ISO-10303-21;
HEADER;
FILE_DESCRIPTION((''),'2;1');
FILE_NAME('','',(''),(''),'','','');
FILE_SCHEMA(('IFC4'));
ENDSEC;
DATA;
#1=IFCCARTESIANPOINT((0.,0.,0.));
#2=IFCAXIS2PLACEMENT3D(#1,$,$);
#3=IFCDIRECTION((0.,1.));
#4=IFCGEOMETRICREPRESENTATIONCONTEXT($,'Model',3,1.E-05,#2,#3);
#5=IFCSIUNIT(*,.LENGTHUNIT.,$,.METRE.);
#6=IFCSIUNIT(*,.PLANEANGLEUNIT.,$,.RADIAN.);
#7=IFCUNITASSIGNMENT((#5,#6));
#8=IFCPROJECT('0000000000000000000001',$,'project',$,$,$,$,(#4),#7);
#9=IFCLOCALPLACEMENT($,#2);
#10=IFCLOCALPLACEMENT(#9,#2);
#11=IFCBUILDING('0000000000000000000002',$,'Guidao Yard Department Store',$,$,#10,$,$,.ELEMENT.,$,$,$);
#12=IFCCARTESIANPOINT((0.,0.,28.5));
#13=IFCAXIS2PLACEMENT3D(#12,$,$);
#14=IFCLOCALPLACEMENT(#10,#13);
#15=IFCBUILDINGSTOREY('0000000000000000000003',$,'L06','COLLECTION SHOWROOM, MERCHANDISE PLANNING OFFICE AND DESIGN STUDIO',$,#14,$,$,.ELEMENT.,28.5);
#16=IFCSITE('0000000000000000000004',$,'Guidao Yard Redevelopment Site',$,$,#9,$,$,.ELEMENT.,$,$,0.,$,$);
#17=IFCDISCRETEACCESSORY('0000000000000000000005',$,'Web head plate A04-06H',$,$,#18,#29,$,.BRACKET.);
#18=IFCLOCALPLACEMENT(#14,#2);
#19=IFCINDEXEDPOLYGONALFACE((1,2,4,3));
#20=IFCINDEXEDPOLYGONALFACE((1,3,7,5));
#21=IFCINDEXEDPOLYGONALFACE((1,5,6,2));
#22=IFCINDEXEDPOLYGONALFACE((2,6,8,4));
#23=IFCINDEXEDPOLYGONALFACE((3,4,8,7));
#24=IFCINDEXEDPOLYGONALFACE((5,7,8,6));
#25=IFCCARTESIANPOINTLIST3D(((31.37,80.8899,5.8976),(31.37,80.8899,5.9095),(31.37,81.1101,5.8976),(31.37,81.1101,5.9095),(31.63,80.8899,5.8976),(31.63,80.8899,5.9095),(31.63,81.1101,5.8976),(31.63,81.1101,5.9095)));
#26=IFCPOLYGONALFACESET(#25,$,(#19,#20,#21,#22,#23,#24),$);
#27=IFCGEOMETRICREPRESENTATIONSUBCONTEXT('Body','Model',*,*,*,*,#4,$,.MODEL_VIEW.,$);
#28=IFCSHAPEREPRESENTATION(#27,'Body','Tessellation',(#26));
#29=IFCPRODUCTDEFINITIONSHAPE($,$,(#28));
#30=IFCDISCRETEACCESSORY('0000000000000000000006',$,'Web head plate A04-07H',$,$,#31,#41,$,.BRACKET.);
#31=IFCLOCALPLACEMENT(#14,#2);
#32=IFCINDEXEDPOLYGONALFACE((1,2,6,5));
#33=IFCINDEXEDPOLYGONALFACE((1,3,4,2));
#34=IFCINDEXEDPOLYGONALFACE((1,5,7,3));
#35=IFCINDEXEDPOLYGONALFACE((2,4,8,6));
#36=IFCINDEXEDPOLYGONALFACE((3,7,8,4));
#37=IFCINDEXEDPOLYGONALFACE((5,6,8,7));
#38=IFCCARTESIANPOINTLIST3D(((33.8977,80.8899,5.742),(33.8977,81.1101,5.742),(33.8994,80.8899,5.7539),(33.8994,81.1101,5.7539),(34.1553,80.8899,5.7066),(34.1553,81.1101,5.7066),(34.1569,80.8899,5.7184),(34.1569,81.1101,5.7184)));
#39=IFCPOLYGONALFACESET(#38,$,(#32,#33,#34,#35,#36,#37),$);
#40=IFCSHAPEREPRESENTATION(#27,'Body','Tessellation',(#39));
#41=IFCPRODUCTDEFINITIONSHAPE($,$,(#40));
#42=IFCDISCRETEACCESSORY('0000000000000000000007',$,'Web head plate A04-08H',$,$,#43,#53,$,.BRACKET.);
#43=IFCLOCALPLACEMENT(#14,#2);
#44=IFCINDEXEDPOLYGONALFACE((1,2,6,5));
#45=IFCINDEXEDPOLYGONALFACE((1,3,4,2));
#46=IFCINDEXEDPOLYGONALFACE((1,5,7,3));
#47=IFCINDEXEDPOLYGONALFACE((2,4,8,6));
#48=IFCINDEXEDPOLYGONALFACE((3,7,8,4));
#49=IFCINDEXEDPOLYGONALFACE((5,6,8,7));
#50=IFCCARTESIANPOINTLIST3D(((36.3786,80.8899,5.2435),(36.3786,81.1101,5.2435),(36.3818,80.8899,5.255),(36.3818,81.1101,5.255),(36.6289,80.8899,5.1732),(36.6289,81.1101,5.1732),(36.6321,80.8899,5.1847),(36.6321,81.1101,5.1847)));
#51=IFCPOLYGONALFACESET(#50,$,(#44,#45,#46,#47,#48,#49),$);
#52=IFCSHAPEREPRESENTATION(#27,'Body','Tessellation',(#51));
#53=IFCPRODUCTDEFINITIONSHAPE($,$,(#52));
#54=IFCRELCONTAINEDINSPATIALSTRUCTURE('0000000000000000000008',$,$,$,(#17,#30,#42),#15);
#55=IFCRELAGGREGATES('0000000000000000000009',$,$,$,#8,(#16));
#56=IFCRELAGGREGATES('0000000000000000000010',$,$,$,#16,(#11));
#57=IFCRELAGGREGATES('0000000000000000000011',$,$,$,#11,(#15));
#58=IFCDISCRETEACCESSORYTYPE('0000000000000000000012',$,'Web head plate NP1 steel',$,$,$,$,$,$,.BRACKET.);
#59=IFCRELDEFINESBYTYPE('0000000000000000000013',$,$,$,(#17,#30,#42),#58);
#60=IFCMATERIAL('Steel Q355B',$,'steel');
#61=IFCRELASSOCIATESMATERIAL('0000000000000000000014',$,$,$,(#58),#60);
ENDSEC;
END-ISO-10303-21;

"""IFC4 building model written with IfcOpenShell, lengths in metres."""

from ifc_helpers import new_model, si_unit, direction, frame, origin, origin_2d, place, context, subcontext, project, spatial, rectangle, extrude, material, material_profile, profile_set, type_object, element, save


model = new_model("IFC4")

# Units and contexts
model_context = context("Model", 3, precision=1e-05, world=origin(), true_north=direction((0.0, 1.0)))
body_context = subcontext(model_context, "Body", "Model", "MODEL_VIEW")
ifc_project = project(units=[si_unit("LENGTHUNIT", "METRE"), si_unit("PLANEANGLEUNIT", "RADIAN")], contexts=[model_context])

# Site, building, storey
site_placement = place(None, origin())
site = spatial("IfcSite", under=ifc_project, at=site_placement, Name="Guidao Yard Redevelopment Site", CompositionType="ELEMENT", RefElevation=0.0)
building_placement = place(site_placement, origin())
building = spatial("IfcBuilding", under=site, at=building_placement, Name="Guidao Yard Department Store", CompositionType="ELEMENT")
storey_placement = place(building_placement, frame((0.0, 0.0, 28.5)))
storey = spatial("IfcBuildingStorey", under=building, at=storey_placement, Name="L06", Description="COLLECTION SHOWROOM, MERCHANDISE PLANNING OFFICE AND DESIGN STUDIO", CompositionType="ELEMENT", Elevation=28.5)

# Discrete accessories
ifc_material_1 = material(Name="Steel Q355B", Category="steel")
ifc_material_profile_1 = material_profile(ifc_material_1, rectangle(XDim=0.26, YDim=0.012, at=origin_2d()), Name="Node plate 260x12")
ifc_profile_set_1 = profile_set([ifc_material_profile_1], Name="Steel Q355B")
discrete_accessory_type_1 = type_object("IfcDiscreteAccessoryType", Name="Web head plate NP1 steel", PredefinedType="BRACKET", material=ifc_profile_set_1)
for number, where, z_axis, x_axis, name in (
    (1, (31.5, 80.8899, 5.9036), (0.0, 1.0, 0.0), (-1.0, 0.0, 0.0), "Web head plate A04-06H"),
    (2, (34.0273, 80.8899, 5.7302), (0.0, 1.0, 0.0), (-0.990647, 0.0, 0.136449), "Web head plate A04-07H"),
    (3, (36.5054, 80.8899, 5.2141), (0.0, 1.0, 0.0), (-0.962712, 0.0, 0.270529), "Web head plate A04-08H"),
):
    element("IfcDiscreteAccessory", number, at=place(storey_placement, frame(where, z_axis=z_axis, x_axis=x_axis)), inside=storey, type_object=discrete_accessory_type_1, Name=name, PredefinedType="BRACKET", context=body_context, shape_type="SweptSolid", body=[
        extrude(rectangle(XDim=0.26, YDim=0.012, at=origin_2d()), origin(), (0.0, 0.0, 1.0), 0.2202),
    ])

save(model, "model.ifc")
